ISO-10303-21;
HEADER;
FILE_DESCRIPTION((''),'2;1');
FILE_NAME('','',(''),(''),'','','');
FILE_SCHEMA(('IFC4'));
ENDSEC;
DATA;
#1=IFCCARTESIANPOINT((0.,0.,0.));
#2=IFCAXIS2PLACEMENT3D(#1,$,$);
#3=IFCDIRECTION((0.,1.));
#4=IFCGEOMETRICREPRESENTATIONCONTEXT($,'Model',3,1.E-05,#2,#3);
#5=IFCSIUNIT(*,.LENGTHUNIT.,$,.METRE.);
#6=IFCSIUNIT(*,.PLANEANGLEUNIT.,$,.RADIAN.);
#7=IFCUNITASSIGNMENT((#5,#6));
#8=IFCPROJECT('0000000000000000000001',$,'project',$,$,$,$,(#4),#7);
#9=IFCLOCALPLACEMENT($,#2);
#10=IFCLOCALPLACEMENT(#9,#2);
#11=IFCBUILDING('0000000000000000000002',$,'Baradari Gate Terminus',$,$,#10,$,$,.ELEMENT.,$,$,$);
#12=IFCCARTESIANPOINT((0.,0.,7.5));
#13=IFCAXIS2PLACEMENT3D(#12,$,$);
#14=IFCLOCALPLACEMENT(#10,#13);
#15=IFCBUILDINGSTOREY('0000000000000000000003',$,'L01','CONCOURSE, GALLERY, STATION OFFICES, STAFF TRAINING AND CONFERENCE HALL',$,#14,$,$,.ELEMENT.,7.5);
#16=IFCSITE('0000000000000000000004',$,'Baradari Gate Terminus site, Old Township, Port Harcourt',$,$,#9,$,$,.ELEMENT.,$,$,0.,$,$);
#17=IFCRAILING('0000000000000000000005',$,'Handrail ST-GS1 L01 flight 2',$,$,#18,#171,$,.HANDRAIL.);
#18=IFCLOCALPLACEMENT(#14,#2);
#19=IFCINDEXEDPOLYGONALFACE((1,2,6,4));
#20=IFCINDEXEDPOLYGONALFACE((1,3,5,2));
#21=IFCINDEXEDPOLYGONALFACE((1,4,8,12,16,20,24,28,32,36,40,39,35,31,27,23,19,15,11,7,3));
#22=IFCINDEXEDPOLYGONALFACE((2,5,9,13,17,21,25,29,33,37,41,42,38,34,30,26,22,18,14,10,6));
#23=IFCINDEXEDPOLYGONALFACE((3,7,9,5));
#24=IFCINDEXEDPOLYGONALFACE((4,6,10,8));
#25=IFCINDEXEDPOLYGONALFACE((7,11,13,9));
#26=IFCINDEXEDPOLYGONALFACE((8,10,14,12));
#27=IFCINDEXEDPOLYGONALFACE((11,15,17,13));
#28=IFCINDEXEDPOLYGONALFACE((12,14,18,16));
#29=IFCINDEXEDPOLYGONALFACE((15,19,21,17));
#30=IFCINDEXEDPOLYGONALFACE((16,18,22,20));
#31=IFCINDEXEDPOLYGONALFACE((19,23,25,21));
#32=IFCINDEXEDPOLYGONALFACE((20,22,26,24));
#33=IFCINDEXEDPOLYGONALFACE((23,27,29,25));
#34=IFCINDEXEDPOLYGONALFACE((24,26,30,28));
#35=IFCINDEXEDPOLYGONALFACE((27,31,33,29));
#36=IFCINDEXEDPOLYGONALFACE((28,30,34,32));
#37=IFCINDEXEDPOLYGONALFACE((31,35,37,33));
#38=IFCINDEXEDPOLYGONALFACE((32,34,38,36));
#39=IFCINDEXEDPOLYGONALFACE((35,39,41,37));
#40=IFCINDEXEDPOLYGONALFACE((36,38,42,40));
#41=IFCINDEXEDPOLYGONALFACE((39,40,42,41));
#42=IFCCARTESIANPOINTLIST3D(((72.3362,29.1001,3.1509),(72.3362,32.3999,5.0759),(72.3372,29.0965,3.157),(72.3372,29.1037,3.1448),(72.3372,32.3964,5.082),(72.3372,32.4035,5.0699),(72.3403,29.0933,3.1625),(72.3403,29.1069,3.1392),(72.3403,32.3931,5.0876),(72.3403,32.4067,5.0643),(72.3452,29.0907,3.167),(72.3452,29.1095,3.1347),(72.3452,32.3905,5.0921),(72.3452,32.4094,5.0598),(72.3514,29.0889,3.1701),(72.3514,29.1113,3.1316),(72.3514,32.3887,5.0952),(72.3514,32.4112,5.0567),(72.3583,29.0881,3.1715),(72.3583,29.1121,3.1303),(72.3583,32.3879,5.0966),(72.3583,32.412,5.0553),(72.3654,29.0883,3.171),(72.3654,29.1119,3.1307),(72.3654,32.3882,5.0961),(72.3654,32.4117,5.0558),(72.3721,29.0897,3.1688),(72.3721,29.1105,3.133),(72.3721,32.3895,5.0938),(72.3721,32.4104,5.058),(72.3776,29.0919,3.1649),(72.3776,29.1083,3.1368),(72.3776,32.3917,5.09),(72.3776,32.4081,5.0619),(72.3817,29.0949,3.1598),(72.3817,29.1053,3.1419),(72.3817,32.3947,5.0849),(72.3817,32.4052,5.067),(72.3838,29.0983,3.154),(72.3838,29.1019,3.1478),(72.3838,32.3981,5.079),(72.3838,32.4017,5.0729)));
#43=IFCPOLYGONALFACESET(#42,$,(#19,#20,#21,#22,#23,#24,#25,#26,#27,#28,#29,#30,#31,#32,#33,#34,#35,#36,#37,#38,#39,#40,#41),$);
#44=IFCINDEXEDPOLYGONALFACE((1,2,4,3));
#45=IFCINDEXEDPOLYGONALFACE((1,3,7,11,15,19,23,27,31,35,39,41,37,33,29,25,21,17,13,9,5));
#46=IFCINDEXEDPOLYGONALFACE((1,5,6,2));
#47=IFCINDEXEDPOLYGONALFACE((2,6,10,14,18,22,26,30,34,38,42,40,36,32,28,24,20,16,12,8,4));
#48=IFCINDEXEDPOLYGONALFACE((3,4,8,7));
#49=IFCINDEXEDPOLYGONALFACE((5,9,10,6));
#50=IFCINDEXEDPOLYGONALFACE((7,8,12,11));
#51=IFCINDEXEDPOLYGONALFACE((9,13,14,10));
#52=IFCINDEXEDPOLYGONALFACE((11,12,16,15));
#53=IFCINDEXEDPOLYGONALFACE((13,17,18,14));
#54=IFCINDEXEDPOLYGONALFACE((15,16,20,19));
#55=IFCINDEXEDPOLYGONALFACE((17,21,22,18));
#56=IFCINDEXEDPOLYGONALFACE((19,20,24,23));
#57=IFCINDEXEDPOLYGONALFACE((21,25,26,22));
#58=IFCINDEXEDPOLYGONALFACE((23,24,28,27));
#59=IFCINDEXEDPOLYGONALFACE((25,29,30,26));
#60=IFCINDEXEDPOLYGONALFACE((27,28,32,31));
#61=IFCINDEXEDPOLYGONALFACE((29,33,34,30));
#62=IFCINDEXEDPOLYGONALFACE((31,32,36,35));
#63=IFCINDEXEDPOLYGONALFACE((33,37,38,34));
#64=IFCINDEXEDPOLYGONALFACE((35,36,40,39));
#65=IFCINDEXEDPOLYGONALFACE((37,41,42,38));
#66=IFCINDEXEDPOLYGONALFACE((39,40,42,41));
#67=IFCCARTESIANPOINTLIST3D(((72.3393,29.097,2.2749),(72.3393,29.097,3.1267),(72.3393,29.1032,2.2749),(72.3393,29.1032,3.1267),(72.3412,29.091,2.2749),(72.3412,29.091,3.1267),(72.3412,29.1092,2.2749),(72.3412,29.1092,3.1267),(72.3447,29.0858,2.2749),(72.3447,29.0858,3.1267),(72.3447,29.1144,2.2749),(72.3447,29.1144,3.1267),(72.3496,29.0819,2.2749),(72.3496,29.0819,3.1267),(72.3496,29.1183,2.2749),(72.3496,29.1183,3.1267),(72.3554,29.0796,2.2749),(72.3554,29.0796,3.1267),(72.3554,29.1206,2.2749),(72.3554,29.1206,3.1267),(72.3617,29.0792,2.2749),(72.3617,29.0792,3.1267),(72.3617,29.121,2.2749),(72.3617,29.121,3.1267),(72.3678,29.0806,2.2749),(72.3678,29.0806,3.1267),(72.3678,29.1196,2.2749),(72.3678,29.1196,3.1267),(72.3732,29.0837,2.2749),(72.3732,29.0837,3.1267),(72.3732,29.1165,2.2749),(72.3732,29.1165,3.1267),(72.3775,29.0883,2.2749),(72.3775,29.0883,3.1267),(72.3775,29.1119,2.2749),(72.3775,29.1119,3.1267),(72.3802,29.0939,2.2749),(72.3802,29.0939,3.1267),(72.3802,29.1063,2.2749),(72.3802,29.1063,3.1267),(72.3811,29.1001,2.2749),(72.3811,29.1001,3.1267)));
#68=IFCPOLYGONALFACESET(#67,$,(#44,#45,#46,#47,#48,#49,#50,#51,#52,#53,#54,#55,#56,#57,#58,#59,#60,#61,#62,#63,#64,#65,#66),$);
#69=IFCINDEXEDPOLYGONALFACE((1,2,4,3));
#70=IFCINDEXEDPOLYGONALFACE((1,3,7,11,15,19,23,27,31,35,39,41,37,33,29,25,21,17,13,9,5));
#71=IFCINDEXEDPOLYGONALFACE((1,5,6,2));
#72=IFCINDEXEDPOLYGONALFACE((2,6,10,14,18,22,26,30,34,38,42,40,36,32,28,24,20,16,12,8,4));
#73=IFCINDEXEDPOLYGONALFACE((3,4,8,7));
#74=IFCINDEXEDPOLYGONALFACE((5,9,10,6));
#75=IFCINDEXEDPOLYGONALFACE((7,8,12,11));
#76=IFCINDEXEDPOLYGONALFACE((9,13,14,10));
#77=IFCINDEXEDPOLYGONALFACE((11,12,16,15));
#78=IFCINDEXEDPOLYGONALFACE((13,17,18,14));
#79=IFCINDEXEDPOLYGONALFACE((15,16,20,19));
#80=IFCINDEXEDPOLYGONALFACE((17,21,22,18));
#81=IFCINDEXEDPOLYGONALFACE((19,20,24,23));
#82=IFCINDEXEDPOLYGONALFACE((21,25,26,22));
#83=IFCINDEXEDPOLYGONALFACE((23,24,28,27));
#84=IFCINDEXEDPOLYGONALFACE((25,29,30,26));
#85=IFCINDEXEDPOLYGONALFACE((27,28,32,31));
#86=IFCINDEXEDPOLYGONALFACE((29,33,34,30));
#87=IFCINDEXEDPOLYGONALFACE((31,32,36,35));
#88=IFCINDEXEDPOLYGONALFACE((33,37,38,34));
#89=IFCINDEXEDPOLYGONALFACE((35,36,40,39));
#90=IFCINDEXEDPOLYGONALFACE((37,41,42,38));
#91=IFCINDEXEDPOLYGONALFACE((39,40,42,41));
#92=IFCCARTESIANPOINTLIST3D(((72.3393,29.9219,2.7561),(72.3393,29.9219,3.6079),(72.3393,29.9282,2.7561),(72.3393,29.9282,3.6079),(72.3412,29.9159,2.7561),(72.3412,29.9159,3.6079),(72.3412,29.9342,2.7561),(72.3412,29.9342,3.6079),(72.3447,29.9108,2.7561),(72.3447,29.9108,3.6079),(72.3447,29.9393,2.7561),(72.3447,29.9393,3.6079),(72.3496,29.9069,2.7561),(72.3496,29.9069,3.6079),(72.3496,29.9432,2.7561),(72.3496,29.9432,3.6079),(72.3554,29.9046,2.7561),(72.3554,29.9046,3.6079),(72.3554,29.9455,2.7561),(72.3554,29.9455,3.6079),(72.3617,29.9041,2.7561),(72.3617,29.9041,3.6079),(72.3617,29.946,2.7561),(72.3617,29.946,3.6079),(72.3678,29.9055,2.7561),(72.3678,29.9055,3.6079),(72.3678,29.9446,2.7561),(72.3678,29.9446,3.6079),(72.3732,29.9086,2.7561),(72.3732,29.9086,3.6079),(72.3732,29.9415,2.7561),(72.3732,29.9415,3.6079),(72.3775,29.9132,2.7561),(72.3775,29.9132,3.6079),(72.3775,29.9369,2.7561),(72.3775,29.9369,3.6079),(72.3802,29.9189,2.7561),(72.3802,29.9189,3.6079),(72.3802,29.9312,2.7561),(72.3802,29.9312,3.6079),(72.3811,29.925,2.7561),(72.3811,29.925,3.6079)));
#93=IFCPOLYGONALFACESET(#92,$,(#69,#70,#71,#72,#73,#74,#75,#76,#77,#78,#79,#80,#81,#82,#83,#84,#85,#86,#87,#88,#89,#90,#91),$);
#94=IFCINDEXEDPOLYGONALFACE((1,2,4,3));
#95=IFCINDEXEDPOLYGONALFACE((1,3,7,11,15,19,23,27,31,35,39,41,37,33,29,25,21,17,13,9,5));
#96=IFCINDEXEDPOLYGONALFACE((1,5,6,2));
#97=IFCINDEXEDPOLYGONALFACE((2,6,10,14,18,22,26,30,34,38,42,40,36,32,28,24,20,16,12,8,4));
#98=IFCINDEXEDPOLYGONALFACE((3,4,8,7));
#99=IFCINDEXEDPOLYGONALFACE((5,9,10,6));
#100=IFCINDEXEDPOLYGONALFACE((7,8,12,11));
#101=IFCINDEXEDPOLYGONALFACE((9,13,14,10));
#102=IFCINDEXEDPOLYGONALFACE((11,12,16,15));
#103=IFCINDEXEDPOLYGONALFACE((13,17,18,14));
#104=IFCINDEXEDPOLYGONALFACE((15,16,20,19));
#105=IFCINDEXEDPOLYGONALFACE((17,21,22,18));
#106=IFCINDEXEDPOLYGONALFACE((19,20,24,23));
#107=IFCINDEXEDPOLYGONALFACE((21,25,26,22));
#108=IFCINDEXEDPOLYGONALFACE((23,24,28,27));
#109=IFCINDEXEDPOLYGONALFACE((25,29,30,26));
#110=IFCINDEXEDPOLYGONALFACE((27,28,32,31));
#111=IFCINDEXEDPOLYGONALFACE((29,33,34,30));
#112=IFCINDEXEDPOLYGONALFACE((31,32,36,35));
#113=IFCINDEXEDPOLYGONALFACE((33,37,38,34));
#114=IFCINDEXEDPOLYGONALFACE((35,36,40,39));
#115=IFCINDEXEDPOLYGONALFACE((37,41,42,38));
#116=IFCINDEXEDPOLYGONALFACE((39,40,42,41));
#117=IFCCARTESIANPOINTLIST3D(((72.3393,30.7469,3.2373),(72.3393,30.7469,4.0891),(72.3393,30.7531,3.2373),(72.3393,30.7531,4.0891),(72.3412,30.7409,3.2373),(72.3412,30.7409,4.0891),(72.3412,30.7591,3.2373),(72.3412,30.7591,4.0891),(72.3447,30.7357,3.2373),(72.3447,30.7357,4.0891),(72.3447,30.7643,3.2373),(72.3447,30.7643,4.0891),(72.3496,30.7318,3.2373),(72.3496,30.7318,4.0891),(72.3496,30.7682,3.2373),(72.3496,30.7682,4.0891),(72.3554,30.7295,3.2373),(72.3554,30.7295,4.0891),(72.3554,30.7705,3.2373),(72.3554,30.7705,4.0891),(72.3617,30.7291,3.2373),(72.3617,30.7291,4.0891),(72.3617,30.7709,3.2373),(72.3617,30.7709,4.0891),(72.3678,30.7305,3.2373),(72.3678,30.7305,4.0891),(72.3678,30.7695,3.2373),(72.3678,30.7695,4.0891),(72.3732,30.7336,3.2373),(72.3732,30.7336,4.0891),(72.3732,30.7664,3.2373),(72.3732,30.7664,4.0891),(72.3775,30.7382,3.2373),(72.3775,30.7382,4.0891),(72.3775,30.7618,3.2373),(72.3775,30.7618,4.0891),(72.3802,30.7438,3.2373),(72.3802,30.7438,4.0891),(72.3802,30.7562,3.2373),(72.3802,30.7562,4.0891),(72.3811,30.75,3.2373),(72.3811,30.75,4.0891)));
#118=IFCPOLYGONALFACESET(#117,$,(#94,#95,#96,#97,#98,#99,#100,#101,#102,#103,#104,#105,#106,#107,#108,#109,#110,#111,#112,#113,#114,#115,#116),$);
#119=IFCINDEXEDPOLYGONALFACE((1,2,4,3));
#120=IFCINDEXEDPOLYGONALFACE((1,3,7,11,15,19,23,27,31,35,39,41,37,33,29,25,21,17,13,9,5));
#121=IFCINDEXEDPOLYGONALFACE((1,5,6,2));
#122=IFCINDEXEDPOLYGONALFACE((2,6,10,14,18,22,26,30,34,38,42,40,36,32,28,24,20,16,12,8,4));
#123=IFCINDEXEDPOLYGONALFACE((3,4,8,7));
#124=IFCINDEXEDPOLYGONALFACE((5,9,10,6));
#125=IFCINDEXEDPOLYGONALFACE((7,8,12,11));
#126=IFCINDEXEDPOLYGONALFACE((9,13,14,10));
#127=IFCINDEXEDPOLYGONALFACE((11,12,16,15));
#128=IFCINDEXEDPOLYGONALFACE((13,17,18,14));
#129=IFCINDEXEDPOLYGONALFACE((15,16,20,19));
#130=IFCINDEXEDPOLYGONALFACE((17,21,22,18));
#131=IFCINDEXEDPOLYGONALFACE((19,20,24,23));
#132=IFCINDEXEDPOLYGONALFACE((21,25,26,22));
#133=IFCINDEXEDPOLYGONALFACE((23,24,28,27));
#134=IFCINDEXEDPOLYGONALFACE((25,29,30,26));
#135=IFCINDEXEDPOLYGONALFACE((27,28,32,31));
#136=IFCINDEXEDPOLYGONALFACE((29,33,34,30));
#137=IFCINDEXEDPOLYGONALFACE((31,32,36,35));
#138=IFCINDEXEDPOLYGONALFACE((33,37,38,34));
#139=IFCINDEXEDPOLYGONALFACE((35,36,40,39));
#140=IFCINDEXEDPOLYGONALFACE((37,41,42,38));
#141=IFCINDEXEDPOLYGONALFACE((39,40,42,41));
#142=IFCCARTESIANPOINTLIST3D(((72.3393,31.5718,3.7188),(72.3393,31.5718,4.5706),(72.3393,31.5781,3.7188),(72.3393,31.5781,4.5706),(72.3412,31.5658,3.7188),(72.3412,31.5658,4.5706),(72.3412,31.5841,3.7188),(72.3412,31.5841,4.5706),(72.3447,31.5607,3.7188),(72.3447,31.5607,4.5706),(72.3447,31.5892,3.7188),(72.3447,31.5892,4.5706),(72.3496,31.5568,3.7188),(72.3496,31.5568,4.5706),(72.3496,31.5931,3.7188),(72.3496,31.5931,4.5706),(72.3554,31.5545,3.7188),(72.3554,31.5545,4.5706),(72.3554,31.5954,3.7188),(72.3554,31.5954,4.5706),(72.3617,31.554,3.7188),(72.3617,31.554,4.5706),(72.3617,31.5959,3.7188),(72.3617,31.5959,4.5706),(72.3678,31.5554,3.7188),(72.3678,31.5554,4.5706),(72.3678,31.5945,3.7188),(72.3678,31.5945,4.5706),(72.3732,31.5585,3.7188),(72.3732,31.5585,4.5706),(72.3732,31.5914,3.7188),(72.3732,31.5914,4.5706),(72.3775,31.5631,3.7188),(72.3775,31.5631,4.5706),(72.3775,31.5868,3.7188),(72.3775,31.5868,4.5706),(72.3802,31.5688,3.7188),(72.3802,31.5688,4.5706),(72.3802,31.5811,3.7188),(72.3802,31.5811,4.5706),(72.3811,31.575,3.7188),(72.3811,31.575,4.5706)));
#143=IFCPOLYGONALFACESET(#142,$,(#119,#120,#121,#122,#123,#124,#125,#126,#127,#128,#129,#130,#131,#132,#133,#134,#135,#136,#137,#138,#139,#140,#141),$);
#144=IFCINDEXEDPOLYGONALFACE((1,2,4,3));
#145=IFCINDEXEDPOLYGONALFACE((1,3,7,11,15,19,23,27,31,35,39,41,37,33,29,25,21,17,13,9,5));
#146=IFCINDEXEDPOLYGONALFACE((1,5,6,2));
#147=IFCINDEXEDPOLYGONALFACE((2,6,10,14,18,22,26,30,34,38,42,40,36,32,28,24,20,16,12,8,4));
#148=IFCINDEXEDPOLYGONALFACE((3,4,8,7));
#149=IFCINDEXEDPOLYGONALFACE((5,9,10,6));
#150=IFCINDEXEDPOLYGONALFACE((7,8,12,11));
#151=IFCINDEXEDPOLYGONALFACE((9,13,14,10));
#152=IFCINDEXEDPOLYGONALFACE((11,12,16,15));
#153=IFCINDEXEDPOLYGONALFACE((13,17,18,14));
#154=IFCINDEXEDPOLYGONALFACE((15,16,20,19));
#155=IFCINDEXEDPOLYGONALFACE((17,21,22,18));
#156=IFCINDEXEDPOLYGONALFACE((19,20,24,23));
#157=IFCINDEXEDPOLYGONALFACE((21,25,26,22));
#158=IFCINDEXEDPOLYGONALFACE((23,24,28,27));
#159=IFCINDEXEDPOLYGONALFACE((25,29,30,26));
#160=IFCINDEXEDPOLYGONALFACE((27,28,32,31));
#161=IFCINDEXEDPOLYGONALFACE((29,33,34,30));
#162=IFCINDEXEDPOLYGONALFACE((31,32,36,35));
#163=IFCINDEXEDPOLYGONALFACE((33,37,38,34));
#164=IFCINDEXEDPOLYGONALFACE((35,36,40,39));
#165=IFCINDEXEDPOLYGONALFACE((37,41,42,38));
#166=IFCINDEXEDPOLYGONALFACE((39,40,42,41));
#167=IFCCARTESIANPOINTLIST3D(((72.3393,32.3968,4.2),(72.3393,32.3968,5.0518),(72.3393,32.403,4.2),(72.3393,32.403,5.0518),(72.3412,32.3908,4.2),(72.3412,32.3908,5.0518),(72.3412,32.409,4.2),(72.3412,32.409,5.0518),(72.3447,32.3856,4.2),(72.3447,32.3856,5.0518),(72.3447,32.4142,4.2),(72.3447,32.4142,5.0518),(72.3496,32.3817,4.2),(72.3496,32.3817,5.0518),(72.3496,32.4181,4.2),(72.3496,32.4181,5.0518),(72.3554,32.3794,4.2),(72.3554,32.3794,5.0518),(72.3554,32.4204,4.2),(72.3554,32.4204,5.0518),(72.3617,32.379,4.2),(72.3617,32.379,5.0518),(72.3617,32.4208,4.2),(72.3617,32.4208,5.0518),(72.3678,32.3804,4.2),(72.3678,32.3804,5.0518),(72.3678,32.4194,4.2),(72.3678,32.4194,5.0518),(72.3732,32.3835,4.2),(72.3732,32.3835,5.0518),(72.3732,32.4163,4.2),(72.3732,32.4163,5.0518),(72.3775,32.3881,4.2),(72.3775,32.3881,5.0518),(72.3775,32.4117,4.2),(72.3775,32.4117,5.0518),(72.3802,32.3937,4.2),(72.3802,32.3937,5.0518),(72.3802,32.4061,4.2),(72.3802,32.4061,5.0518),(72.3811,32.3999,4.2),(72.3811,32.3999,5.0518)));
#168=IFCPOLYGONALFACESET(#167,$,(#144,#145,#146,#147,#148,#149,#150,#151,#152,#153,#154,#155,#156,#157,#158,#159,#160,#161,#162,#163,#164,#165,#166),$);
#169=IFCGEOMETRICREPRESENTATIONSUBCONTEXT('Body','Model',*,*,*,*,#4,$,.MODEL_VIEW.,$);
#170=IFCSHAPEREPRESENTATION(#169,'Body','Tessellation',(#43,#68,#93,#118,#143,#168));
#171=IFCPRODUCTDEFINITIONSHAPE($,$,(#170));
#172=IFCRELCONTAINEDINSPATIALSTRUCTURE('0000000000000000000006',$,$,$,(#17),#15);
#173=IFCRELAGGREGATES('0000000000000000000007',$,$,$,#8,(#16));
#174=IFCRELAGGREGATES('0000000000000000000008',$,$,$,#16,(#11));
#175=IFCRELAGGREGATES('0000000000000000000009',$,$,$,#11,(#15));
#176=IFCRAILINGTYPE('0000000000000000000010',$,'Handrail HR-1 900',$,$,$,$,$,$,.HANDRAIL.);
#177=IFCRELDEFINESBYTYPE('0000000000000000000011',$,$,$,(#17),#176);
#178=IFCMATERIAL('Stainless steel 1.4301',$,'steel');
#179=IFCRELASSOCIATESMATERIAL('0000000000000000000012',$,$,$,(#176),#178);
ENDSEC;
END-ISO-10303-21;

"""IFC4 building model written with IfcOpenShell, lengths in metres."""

from ifc_helpers import new_model, si_unit, direction, frame, origin, origin_2d, place, context, subcontext, project, spatial, circle, extrude, material, type_object, element, save


model = new_model("IFC4")

# Units and contexts
model_context = context("Model", 3, precision=1e-05, world=origin(), true_north=direction((0.0, 1.0)))
body_context = subcontext(model_context, "Body", "Model", "MODEL_VIEW")
ifc_project = project(units=[si_unit("LENGTHUNIT", "METRE"), si_unit("PLANEANGLEUNIT", "RADIAN")], contexts=[model_context])

# Site, building, storey
site_placement = place(None, origin())
site = spatial("IfcSite", under=ifc_project, at=site_placement, Name="Baradari Gate Terminus site, Old Township, Port Harcourt", CompositionType="ELEMENT", RefElevation=0.0)
building_placement = place(site_placement, origin())
building = spatial("IfcBuilding", under=site, at=building_placement, Name="Baradari Gate Terminus", CompositionType="ELEMENT")
storey_placement = place(building_placement, frame((0.0, 0.0, 7.5)))
storey = spatial("IfcBuildingStorey", under=building, at=storey_placement, Name="L01", Description="CONCOURSE, GALLERY, STATION OFFICES, STAFF TRAINING AND CONFERENCE HALL", CompositionType="ELEMENT", Elevation=7.5)

# Railing
ifc_material_1 = material(Name="Stainless steel 1.4301", Category="steel")
railing_type = type_object("IfcRailingType", Name="Handrail HR-1 900", PredefinedType="HANDRAIL", material=ifc_material_1)
railing_placement = place(storey_placement, frame((72.3601, 29.1001, 2.2749)))
element("IfcRailing", 1, at=railing_placement, inside=storey, type_object=railing_type, Name="Handrail ST-GS1 L01 flight 2", PredefinedType="HANDRAIL", context=body_context, shape_type="SweptSolid", body=[
    extrude(circle(Radius=0.0239, at=origin_2d()), frame((0.0, 0.0, 0.876), z_axis=(0.0, 0.86376, 0.503903), x_axis=(-1.0, 0.0, 0.0)), (0.0, 0.0, 1.0), 3.8203),
    extrude(circle(Radius=0.021, at=origin_2d()), origin(), (0.0, 0.0, 1.0), 0.8518),
    extrude(circle(Radius=0.021, at=origin_2d()), frame((0.0, 0.825, 0.4812)), (0.0, 0.0, 1.0), 0.8518),
    extrude(circle(Radius=0.021, at=origin_2d()), frame((0.0, 1.6499, 0.9624)), (0.0, 0.0, 1.0), 0.8518),
    extrude(circle(Radius=0.021, at=origin_2d()), frame((0.0, 2.4749, 1.4438)), (0.0, 0.0, 1.0), 0.8518),
    extrude(circle(Radius=0.021, at=origin_2d()), frame((0.0, 3.2998, 1.925)), (0.0, 0.0, 1.0), 0.8518),
])

save(model, "model.ifc")
